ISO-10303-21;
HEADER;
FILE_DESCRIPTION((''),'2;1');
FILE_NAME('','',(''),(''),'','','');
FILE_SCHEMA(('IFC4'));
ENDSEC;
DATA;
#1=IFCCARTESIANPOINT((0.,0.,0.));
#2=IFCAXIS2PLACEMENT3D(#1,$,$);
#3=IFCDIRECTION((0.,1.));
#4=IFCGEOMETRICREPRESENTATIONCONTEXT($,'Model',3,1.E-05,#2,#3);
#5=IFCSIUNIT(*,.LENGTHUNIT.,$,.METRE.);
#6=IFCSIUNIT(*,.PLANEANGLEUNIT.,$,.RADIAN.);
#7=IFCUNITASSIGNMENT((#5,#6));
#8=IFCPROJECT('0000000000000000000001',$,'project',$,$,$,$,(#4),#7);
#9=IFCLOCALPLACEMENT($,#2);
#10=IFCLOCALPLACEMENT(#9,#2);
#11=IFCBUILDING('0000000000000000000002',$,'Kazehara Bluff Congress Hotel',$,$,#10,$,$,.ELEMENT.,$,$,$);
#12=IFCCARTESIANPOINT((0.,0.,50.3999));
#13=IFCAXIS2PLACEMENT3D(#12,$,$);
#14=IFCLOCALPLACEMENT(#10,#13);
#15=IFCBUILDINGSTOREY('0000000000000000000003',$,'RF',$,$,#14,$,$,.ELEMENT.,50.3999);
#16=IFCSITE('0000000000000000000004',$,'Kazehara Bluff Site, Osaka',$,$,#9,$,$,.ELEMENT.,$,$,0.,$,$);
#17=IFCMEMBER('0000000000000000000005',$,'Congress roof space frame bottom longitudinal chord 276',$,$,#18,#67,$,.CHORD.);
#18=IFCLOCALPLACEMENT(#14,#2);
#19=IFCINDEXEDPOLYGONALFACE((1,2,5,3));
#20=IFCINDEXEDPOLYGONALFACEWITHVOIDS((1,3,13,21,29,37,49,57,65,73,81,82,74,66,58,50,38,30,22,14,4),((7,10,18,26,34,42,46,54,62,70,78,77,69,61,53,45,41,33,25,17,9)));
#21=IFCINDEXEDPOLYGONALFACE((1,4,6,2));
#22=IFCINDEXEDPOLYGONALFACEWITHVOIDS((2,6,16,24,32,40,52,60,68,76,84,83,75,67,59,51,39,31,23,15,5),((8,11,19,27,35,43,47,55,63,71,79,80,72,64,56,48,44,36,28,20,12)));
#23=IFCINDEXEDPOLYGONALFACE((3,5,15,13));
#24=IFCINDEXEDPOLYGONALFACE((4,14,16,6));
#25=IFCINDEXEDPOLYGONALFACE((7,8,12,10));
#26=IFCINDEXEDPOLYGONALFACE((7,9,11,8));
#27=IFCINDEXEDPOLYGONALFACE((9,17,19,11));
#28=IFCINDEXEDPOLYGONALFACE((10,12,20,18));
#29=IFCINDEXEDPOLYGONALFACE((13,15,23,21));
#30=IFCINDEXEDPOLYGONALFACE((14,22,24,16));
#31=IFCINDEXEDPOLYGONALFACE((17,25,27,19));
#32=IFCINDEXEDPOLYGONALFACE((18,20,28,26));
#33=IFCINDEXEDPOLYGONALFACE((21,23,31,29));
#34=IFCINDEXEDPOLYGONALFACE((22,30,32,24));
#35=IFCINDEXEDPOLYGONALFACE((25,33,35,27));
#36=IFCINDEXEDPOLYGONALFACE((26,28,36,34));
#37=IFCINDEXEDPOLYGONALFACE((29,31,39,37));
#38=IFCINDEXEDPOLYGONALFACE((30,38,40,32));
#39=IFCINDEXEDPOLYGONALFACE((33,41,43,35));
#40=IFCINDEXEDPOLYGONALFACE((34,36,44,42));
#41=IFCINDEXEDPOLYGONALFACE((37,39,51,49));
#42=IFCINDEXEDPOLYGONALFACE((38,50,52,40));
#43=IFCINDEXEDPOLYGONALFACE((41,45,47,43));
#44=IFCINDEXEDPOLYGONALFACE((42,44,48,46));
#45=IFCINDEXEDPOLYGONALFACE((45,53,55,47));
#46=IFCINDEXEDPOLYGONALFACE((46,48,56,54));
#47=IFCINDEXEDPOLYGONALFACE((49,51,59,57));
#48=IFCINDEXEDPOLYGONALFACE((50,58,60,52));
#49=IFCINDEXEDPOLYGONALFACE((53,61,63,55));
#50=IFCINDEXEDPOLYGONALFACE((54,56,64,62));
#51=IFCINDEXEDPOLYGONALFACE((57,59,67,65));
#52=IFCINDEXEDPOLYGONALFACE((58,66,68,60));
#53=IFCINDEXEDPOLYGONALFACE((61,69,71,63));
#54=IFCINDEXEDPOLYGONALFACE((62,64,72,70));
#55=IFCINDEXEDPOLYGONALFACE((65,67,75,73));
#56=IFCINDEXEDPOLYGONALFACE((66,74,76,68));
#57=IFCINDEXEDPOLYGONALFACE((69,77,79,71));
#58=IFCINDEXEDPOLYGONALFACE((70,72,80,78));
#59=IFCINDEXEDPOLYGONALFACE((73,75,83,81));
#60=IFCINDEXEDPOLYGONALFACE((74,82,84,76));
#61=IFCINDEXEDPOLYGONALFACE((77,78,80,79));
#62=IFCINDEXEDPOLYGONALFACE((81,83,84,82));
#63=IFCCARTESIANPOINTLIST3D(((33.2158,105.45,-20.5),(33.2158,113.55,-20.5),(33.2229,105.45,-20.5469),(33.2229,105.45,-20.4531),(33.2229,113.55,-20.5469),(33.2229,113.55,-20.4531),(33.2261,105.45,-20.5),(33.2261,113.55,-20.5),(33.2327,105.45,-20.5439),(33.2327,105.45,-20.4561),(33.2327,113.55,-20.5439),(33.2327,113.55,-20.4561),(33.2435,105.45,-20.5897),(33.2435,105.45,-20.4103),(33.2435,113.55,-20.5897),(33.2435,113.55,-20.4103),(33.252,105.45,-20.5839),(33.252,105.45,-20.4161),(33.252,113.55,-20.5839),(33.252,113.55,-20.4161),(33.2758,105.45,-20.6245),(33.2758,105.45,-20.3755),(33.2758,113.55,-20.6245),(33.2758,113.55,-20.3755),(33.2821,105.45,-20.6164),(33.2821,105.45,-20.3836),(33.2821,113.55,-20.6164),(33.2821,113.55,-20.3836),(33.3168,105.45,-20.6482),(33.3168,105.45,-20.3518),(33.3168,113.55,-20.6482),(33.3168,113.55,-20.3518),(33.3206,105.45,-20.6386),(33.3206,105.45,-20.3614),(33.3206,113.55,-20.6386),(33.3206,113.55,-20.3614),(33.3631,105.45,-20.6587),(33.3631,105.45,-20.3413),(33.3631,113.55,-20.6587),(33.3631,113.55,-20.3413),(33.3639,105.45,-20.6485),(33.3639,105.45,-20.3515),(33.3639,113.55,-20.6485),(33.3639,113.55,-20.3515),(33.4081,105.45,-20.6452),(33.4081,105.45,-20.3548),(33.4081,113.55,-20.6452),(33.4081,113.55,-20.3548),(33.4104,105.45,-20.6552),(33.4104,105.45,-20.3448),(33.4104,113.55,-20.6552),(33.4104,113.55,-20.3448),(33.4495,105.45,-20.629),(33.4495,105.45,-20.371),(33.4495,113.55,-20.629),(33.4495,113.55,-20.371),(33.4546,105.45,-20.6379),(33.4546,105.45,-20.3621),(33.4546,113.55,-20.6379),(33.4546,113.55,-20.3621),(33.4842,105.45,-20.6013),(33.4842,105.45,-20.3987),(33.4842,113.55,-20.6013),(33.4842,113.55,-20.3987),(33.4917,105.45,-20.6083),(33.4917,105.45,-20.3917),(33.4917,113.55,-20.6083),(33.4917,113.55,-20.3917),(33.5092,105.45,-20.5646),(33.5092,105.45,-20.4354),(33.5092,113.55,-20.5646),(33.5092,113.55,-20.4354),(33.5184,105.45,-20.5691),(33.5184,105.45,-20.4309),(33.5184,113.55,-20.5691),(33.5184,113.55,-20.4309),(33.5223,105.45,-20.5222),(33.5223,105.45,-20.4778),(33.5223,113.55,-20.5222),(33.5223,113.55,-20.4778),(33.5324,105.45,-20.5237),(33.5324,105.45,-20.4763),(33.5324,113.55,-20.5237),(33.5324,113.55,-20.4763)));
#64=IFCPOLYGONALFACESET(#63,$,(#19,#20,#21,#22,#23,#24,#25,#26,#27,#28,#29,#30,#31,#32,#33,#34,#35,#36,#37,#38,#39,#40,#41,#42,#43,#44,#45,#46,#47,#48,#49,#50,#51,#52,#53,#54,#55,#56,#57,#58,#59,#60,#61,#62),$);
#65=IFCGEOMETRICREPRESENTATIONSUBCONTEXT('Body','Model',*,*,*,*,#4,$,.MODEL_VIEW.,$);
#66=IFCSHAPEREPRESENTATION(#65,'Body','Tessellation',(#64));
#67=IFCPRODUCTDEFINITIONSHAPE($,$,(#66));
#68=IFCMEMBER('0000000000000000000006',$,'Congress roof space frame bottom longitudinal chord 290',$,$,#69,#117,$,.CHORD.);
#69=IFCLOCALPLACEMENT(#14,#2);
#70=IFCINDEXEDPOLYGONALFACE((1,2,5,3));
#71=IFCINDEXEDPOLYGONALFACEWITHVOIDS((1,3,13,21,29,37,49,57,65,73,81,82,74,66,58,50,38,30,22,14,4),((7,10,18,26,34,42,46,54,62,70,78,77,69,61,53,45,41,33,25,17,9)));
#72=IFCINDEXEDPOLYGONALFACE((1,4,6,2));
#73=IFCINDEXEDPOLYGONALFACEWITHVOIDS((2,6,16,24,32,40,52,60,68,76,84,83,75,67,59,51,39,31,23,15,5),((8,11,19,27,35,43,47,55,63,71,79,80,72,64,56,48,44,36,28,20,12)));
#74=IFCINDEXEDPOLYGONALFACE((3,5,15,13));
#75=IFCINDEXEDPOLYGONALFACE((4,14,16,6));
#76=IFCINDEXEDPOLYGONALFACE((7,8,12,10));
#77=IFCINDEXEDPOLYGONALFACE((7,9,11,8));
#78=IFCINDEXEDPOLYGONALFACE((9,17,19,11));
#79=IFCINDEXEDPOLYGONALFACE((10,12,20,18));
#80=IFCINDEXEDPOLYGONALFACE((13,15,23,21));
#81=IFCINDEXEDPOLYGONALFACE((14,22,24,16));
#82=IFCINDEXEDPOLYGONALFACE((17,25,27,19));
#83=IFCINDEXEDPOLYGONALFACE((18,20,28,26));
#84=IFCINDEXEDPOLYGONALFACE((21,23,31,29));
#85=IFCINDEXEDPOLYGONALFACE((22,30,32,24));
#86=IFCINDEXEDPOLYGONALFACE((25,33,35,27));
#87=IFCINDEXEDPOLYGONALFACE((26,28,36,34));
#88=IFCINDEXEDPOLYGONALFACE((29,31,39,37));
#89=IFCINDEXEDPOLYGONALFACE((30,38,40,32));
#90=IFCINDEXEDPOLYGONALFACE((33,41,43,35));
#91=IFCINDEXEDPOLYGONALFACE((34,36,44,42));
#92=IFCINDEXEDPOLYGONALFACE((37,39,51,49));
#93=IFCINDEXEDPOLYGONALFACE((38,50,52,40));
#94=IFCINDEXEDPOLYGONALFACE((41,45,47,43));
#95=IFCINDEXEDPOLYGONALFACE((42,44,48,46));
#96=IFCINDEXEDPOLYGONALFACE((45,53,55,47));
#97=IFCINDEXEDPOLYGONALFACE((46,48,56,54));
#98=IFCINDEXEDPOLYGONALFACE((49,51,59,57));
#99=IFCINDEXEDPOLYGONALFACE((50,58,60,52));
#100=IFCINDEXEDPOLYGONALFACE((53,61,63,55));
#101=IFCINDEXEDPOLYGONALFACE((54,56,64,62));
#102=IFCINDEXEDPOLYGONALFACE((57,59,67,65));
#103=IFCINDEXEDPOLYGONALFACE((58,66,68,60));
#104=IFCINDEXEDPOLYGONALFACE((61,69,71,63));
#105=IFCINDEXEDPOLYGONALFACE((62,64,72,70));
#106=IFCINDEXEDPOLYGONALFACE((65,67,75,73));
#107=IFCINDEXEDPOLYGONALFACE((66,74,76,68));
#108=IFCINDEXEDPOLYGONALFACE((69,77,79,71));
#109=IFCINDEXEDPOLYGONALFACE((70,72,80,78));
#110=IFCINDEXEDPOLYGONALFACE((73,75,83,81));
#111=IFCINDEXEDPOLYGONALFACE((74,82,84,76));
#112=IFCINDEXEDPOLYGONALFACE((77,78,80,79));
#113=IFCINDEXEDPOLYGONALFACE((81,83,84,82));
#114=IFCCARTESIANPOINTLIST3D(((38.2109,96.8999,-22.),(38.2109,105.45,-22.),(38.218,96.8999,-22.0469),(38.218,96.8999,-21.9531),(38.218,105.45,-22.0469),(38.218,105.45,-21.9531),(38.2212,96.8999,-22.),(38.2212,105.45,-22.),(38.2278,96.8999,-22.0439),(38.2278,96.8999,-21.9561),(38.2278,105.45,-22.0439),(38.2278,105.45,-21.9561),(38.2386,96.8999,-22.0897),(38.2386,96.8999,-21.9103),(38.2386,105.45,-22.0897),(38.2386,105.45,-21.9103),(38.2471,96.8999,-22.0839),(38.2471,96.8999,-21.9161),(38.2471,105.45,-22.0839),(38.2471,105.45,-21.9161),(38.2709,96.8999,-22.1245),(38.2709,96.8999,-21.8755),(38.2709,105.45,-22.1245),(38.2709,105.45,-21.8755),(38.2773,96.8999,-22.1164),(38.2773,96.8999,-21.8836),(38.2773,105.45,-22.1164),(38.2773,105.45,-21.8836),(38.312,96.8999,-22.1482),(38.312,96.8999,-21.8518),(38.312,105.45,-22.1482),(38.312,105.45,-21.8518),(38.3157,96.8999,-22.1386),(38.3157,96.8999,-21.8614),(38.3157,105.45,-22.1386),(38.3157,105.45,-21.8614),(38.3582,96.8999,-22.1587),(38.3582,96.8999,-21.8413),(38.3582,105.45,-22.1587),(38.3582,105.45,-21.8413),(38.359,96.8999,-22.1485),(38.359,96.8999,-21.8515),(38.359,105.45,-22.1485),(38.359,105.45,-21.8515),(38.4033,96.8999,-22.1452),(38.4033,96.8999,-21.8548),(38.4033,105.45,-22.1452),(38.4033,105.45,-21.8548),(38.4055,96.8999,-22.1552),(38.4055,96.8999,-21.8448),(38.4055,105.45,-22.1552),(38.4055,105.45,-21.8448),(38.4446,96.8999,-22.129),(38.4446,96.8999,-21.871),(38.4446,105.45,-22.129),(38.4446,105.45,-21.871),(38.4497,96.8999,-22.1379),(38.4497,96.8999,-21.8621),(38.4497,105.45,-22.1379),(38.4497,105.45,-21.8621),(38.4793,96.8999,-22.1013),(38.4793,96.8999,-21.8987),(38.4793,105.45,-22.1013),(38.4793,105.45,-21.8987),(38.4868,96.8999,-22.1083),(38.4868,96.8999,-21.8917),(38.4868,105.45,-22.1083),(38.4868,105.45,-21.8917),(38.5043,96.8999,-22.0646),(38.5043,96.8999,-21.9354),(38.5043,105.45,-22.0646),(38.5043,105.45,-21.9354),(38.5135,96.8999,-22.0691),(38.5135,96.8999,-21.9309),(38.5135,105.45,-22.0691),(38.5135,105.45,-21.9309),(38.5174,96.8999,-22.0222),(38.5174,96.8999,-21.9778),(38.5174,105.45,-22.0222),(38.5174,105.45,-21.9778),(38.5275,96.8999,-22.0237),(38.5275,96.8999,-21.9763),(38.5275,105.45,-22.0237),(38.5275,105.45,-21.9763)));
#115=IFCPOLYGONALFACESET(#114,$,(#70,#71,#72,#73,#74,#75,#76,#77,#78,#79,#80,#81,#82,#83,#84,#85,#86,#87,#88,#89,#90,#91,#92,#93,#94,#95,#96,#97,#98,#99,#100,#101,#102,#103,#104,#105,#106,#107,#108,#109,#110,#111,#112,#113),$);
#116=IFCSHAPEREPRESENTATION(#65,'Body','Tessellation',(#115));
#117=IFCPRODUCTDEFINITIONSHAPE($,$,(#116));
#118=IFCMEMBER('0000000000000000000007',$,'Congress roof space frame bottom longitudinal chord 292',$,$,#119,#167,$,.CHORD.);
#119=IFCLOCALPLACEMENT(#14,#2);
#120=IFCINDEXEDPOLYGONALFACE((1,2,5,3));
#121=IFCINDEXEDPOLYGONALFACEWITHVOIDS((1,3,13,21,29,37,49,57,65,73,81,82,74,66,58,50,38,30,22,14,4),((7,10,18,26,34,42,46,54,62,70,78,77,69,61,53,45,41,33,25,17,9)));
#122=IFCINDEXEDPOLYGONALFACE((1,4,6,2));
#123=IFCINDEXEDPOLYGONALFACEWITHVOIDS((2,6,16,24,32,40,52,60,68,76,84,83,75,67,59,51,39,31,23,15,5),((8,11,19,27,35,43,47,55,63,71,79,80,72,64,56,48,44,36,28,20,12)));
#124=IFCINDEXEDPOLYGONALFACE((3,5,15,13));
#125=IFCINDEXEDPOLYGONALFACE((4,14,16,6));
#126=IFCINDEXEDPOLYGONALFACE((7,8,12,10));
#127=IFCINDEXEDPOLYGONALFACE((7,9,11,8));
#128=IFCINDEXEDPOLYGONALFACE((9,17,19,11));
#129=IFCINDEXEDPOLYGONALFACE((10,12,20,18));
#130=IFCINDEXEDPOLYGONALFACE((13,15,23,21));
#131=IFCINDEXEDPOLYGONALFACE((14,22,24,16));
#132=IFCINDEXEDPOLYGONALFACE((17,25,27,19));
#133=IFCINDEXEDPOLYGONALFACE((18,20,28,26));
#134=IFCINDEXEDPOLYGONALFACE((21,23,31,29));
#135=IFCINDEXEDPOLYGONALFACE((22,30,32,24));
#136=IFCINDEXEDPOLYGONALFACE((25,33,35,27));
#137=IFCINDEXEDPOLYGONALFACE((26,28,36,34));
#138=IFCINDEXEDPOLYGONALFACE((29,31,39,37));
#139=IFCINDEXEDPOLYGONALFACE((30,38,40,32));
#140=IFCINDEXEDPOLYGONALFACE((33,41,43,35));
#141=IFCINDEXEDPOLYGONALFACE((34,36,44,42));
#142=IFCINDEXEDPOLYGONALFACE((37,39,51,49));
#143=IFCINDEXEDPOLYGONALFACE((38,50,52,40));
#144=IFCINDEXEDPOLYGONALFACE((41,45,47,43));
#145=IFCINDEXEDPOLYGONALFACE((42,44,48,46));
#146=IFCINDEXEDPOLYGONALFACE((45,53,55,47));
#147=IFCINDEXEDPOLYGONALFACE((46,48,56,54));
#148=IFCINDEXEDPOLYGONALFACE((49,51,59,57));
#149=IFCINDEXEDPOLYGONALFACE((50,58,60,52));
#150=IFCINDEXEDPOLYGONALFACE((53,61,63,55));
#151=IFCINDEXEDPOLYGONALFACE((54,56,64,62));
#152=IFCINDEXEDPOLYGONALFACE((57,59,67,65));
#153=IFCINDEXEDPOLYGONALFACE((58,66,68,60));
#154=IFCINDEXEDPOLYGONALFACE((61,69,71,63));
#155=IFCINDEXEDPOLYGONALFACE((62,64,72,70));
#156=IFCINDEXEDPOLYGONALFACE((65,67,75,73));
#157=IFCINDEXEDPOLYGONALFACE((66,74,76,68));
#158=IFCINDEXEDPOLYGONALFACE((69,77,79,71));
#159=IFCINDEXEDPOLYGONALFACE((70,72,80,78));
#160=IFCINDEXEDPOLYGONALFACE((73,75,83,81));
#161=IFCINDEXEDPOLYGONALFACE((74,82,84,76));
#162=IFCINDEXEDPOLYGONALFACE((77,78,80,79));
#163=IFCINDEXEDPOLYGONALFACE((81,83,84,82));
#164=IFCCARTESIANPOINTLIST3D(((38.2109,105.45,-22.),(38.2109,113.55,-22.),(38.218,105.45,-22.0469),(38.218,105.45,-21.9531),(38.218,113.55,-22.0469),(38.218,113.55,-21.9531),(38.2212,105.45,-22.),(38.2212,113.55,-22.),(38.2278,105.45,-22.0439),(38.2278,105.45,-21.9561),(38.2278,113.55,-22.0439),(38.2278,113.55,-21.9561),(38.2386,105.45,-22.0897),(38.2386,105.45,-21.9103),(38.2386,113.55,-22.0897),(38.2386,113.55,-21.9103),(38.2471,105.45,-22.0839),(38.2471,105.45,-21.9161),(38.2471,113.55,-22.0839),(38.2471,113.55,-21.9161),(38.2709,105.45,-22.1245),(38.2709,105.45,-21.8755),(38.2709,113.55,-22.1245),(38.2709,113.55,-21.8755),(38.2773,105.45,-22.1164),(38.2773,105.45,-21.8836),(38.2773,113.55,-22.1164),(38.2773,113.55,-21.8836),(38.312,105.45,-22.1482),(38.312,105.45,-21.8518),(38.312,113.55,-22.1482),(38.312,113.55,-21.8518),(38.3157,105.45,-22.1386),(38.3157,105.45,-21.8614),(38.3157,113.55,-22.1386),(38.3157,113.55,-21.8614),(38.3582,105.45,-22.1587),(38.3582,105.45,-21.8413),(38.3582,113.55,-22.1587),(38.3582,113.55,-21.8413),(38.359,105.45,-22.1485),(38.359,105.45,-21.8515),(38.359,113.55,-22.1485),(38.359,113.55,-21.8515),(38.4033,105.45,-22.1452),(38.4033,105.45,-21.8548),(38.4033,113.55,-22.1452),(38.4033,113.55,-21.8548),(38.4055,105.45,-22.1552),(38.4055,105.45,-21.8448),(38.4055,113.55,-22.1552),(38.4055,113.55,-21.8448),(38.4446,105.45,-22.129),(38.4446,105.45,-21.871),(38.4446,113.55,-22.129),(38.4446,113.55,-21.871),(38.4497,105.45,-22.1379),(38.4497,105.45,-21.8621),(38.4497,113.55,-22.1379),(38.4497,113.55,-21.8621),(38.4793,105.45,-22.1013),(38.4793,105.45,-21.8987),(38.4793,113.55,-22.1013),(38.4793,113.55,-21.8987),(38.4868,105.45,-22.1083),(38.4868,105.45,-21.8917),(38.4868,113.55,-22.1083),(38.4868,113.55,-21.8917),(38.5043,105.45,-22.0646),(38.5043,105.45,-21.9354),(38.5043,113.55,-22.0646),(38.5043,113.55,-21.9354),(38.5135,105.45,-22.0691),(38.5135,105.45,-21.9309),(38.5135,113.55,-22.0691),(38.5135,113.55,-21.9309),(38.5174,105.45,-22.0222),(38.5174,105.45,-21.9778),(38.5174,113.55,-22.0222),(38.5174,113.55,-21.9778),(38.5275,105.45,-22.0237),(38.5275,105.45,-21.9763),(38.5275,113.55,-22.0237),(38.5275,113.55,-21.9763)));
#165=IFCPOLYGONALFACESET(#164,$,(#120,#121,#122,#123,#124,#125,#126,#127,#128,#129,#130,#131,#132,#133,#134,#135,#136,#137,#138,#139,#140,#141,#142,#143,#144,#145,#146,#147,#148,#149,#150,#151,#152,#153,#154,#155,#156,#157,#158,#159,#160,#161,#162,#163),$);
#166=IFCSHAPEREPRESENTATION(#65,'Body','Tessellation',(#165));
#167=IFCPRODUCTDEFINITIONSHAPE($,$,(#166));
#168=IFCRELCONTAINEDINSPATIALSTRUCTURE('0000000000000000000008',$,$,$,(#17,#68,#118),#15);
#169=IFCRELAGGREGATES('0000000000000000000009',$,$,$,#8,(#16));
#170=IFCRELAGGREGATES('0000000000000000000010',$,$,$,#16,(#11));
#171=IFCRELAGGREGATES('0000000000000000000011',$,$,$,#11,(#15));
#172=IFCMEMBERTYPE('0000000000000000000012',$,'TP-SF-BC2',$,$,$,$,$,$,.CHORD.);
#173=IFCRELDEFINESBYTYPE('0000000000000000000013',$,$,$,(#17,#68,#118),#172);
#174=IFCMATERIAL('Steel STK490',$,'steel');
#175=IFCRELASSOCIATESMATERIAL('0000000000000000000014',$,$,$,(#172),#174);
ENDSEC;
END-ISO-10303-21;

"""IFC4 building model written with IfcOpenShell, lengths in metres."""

from ifc_helpers import new_model, si_unit, direction, frame, origin, origin_2d, place, context, subcontext, project, spatial, hollow_circle, extrude, material, material_profile, profile_set, type_object, element, save


model = new_model("IFC4")

# Units and contexts
model_context = context("Model", 3, precision=1e-05, world=origin(), true_north=direction((0.0, 1.0)))
body_context = subcontext(model_context, "Body", "Model", "MODEL_VIEW")
ifc_project = project(units=[si_unit("LENGTHUNIT", "METRE"), si_unit("PLANEANGLEUNIT", "RADIAN")], contexts=[model_context])

# Site, building, storey
site_placement = place(None, origin())
site = spatial("IfcSite", under=ifc_project, at=site_placement, Name="Kazehara Bluff Site, Osaka", CompositionType="ELEMENT", RefElevation=0.0)
building_placement = place(site_placement, origin())
building = spatial("IfcBuilding", under=site, at=building_placement, Name="Kazehara Bluff Congress Hotel", CompositionType="ELEMENT")
storey_placement = place(building_placement, frame((0.0, 0.0, 50.3999)))
storey = spatial("IfcBuildingStorey", under=building, at=storey_placement, Name="RF", CompositionType="ELEMENT", Elevation=50.3999)

# Members
ifc_material_1 = material(Name="Steel STK490", Category="steel")
ifc_material_profile_1 = material_profile(ifc_material_1, hollow_circle(Radius=0.1592, WallThickness=0.0103, at=origin_2d()))
ifc_profile_set_1 = profile_set([ifc_material_profile_1], Name="Steel STK490")
member_type_1 = type_object("IfcMemberType", Name="TP-SF-BC2", PredefinedType="CHORD", material=ifc_profile_set_1)
member_1_placement = place(storey_placement, frame((33.375, 105.45, -20.5), z_axis=(0.0, 1.0, 0.0), x_axis=(-1.0, 0.0, 0.0)))
element("IfcMember", 1, at=member_1_placement, inside=storey, type_object=member_type_1, Name="Congress roof space frame bottom longitudinal chord 276", PredefinedType="CHORD", context=body_context, shape_type="SweptSolid", body=[
    extrude(hollow_circle(Radius=0.1592, WallThickness=0.0103, at=origin_2d()), origin(), (0.0, 0.0, 1.0), 8.1001),
])
member_2_placement = place(storey_placement, frame((38.3701, 96.8999, -22.0), z_axis=(0.0, 1.0, 0.0), x_axis=(-1.0, 0.0, 0.0)))
element("IfcMember", 2, at=member_2_placement, inside=storey, type_object=member_type_1, Name="Congress roof space frame bottom longitudinal chord 290", PredefinedType="CHORD", context=body_context, shape_type="SweptSolid", body=[
    extrude(hollow_circle(Radius=0.1592, WallThickness=0.0103, at=origin_2d()), origin(), (0.0, 0.0, 1.0), 8.55),
])
member_3_placement = place(storey_placement, frame((38.3701, 105.45, -22.0), z_axis=(0.0, 1.0, 0.0), x_axis=(-1.0, 0.0, 0.0)))
element("IfcMember", 3, at=member_3_placement, inside=storey, type_object=member_type_1, Name="Congress roof space frame bottom longitudinal chord 292", PredefinedType="CHORD", context=body_context, shape_type="SweptSolid", body=[
    extrude(hollow_circle(Radius=0.1592, WallThickness=0.0103, at=origin_2d()), origin(), (0.0, 0.0, 1.0), 8.1001),
])

save(model, "model.ifc")
